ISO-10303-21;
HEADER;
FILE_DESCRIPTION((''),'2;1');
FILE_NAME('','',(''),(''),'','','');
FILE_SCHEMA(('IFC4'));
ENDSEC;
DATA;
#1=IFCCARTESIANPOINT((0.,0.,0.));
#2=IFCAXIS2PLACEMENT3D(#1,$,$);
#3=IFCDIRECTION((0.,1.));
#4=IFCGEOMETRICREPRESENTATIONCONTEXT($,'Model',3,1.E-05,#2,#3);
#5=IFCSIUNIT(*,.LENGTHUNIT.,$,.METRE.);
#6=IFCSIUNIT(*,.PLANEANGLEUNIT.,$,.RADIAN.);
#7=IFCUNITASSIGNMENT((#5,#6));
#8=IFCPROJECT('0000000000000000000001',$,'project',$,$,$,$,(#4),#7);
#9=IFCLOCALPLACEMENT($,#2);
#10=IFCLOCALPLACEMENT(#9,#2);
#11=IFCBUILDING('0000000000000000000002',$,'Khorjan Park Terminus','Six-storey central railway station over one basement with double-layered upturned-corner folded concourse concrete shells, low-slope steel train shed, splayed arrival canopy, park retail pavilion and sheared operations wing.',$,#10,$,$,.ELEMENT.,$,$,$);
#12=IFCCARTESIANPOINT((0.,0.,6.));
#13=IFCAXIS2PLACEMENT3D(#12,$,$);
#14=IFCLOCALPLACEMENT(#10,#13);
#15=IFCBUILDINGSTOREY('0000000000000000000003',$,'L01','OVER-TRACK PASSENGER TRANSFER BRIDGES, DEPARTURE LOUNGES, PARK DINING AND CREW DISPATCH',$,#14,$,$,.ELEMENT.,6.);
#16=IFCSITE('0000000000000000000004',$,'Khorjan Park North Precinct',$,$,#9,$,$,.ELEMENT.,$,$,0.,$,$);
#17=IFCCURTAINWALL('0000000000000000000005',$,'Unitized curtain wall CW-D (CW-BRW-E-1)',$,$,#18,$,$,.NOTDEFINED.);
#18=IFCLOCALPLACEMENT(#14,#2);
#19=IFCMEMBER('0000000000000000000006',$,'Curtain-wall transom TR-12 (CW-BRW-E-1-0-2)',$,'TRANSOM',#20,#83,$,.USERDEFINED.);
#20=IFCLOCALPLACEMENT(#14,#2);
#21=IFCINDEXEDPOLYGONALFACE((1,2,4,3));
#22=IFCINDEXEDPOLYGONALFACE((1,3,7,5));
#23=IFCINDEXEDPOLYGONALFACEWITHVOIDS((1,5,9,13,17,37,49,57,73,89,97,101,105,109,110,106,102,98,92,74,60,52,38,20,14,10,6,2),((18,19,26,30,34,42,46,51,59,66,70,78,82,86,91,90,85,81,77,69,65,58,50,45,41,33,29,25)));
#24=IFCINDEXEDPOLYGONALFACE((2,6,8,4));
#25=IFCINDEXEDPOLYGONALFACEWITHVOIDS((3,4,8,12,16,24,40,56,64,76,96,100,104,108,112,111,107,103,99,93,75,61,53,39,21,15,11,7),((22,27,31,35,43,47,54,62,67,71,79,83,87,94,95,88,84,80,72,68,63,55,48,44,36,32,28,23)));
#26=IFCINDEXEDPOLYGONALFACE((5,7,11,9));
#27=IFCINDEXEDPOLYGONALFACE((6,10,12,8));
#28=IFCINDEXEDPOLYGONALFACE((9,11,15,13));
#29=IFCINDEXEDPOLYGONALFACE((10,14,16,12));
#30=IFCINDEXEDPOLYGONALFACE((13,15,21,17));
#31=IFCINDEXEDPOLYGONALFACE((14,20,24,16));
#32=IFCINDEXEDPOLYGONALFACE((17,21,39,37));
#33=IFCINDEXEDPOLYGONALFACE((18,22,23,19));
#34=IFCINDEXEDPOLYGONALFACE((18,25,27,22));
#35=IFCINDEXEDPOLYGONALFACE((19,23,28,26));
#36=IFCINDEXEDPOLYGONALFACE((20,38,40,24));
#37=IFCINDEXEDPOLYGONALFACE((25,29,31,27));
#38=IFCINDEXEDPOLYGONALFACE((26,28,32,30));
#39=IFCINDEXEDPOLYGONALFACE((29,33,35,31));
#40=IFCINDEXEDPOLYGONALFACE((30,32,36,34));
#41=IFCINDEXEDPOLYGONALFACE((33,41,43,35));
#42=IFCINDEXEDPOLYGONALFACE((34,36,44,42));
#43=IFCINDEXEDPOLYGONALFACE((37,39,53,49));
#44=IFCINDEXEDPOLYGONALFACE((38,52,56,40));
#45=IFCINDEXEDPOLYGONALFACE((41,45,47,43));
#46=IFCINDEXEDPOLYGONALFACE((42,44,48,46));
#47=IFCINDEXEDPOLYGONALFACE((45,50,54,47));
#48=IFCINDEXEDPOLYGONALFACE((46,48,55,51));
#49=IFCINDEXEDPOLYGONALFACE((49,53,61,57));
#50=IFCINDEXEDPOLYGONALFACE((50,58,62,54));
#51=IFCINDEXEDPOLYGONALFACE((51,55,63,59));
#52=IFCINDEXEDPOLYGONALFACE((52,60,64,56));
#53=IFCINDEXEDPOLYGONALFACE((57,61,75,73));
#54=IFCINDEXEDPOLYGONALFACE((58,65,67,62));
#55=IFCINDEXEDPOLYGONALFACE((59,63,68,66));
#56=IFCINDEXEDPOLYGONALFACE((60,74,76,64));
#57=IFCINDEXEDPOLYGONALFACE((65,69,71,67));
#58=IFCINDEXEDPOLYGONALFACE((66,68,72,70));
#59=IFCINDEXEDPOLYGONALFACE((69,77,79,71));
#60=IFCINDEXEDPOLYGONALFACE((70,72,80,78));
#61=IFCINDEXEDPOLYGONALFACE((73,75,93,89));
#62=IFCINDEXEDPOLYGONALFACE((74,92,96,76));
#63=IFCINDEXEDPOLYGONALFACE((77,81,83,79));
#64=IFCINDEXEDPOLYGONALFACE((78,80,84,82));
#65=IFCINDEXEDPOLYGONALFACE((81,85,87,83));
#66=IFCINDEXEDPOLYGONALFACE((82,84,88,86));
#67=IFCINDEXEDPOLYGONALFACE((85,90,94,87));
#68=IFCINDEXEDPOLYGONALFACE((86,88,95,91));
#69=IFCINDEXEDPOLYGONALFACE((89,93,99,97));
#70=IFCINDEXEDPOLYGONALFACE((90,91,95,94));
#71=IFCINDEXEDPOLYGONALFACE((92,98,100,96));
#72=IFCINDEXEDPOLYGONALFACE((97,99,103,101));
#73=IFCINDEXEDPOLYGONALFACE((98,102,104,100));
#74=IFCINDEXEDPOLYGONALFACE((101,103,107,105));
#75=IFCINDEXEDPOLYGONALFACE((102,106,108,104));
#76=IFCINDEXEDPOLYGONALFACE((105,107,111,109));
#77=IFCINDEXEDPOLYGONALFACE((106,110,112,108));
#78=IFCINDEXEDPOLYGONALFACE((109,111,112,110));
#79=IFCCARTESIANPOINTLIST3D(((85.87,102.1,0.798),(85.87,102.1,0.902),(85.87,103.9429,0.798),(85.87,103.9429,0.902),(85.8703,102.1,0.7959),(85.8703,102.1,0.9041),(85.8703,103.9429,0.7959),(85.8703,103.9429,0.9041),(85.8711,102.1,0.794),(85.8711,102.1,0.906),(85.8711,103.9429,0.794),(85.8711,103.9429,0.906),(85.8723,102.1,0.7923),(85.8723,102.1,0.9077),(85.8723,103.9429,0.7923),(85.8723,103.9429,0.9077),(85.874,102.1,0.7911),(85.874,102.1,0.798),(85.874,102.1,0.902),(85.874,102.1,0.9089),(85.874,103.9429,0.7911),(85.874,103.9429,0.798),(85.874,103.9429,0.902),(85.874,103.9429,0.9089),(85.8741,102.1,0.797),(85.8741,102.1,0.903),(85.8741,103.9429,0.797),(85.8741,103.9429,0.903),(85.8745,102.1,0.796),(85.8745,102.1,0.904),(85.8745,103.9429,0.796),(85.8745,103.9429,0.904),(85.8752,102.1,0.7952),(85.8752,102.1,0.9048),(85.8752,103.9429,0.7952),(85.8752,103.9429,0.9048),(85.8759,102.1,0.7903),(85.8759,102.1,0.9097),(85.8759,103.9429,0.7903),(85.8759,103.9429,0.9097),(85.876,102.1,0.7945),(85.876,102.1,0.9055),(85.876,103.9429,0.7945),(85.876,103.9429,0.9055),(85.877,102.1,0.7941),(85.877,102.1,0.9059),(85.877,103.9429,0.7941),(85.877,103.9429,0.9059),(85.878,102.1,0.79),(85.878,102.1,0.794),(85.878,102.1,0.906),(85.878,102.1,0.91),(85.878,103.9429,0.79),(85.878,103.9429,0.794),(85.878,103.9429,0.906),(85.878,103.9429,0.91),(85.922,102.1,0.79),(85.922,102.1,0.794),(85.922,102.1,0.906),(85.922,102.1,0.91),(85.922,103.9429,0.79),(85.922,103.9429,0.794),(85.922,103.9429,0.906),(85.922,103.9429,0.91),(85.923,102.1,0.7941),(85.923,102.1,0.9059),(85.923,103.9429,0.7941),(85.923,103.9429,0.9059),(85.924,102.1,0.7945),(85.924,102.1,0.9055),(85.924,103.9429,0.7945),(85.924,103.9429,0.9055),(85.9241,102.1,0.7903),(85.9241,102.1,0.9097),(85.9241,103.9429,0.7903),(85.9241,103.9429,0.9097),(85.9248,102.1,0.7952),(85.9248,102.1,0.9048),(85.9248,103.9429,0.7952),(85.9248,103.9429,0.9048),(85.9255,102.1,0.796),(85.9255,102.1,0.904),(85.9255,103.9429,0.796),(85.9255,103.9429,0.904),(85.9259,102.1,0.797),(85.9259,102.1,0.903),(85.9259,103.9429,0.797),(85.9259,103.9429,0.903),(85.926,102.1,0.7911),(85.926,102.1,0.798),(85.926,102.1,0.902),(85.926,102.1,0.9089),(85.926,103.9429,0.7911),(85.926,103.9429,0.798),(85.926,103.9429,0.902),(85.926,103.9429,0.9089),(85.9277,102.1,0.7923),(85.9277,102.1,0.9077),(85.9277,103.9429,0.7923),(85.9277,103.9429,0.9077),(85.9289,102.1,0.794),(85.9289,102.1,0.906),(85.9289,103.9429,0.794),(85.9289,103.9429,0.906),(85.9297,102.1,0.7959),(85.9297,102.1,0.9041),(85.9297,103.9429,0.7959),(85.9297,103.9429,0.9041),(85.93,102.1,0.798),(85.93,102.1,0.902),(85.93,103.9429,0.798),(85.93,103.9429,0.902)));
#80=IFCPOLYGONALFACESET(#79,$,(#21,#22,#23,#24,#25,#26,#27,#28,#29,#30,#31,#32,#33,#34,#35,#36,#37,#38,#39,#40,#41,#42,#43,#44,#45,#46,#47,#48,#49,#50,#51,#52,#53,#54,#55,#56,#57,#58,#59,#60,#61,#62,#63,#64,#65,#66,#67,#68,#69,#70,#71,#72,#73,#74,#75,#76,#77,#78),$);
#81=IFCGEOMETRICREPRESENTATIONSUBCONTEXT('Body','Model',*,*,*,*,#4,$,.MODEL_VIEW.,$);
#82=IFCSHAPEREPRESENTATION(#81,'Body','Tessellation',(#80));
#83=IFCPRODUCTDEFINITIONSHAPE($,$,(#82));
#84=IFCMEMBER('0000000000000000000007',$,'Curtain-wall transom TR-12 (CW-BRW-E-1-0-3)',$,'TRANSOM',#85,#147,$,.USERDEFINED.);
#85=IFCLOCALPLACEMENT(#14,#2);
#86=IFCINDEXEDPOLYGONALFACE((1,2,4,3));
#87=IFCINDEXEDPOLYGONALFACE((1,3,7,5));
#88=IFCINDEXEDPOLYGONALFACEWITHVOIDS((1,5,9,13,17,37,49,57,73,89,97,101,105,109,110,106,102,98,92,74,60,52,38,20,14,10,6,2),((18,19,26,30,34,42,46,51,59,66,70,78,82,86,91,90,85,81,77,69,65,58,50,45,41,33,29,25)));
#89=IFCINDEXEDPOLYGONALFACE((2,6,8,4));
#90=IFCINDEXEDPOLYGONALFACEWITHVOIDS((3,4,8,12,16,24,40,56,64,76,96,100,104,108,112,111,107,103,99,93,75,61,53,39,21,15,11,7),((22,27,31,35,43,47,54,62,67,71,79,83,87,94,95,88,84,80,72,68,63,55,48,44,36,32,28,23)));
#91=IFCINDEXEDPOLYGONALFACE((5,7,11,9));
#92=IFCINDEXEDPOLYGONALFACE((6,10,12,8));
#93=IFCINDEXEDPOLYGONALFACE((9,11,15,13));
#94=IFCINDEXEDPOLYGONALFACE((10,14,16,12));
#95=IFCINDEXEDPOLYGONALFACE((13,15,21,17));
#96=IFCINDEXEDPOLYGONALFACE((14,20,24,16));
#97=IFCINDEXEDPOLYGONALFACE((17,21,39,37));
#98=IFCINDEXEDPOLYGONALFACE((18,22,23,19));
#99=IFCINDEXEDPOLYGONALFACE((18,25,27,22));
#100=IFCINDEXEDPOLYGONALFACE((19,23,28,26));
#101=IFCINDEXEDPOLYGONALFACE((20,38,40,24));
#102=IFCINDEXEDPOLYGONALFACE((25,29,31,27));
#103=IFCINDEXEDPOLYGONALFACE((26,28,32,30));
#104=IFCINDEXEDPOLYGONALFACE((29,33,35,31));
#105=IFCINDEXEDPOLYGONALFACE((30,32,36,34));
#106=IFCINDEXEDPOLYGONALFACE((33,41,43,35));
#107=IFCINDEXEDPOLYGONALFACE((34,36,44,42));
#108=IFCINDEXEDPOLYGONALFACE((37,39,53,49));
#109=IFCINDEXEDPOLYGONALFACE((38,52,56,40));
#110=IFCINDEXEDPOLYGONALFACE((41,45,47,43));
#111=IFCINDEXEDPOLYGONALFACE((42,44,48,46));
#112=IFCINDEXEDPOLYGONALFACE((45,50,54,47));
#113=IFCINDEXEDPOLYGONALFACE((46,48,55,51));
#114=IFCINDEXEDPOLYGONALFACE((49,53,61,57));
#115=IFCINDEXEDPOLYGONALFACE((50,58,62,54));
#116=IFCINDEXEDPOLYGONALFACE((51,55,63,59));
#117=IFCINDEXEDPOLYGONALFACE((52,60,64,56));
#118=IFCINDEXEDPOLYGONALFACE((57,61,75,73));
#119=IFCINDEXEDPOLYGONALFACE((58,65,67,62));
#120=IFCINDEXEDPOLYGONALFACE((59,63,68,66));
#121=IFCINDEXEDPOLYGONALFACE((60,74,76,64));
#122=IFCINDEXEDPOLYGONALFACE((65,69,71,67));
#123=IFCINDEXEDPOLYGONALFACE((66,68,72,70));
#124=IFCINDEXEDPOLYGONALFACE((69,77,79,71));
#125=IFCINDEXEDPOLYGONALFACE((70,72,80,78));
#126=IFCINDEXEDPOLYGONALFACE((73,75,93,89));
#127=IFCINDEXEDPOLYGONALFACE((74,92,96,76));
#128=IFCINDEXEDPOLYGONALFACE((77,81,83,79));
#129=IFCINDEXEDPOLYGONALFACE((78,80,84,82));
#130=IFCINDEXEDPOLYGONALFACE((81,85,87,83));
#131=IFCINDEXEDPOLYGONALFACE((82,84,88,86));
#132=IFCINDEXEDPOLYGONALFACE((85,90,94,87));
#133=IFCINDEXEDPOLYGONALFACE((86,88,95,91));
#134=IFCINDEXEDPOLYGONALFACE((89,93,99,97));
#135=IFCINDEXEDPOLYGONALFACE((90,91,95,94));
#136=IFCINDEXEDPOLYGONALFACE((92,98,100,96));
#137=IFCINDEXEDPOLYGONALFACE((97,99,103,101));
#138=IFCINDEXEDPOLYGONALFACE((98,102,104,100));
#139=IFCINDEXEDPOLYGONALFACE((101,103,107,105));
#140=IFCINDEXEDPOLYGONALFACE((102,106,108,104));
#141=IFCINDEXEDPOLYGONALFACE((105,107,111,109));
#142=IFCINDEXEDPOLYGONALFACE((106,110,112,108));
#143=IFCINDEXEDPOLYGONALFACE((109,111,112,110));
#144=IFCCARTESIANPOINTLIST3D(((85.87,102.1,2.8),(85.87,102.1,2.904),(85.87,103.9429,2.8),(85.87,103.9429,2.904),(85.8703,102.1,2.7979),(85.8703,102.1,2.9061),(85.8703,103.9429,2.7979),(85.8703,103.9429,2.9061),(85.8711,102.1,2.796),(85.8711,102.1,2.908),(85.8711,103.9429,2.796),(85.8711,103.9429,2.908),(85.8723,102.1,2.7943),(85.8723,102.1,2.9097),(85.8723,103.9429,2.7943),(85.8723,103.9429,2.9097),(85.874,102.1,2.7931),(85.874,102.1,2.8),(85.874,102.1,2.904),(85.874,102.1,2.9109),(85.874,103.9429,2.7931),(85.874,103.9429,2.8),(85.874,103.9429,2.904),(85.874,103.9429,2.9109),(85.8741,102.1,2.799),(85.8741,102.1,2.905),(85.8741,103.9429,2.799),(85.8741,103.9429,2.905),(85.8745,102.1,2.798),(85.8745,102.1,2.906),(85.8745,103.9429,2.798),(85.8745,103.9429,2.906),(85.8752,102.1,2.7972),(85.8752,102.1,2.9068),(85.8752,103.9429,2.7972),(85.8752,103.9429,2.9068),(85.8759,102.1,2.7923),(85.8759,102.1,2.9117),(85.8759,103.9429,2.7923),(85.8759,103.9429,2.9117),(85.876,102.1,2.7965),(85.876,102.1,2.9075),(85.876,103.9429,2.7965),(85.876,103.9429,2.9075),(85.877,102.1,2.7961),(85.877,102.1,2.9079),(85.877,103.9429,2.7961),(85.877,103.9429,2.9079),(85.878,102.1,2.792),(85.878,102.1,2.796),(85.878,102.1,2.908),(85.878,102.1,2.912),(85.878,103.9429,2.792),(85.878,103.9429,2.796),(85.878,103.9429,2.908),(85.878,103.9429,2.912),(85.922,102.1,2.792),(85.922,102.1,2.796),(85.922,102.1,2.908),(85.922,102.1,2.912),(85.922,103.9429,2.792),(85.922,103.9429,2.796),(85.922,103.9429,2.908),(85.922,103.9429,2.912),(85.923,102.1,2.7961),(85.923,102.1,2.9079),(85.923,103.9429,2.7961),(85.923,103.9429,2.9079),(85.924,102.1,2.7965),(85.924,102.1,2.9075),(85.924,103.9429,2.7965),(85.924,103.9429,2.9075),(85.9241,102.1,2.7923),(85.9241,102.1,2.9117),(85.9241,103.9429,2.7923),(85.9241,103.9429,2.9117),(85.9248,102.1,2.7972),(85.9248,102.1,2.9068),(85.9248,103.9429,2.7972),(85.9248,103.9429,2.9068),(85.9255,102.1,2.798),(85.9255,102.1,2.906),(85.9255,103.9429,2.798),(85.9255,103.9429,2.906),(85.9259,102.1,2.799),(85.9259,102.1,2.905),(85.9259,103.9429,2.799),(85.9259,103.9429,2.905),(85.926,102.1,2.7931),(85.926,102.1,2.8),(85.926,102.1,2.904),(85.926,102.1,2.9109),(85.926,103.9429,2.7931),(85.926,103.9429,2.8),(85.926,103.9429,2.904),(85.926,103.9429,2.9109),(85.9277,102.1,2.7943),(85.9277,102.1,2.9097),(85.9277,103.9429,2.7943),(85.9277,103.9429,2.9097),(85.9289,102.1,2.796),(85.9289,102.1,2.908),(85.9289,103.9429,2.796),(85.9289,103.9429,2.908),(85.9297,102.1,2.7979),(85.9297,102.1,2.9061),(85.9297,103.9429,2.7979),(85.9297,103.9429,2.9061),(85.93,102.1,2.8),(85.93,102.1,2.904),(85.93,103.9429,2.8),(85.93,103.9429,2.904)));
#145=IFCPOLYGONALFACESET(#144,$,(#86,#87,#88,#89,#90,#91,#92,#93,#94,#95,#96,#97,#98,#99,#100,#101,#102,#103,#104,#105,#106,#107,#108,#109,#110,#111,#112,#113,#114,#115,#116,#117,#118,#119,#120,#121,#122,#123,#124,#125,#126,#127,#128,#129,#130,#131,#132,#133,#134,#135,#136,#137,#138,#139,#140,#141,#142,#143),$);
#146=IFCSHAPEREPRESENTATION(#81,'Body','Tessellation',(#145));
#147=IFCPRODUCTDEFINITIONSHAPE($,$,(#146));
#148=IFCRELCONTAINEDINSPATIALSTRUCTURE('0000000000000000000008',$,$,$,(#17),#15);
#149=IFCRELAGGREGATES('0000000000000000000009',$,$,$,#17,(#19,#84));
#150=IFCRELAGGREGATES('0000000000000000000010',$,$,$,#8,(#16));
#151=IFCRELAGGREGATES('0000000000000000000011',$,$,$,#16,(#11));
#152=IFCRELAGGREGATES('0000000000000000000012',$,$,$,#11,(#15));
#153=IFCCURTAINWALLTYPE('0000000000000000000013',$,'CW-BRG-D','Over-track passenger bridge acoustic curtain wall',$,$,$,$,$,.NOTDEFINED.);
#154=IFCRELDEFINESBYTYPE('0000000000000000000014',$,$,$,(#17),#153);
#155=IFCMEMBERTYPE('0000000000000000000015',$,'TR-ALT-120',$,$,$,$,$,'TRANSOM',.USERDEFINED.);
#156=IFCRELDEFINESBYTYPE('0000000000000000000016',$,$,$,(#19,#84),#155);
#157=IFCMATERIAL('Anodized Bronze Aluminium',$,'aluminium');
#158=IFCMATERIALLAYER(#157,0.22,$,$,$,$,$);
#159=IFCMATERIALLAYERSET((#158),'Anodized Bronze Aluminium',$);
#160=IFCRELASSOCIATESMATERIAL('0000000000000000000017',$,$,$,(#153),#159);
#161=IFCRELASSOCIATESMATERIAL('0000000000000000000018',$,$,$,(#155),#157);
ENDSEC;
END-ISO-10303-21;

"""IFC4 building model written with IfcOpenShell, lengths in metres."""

from ifc_helpers import new_model, si_unit, direction, frame, origin, origin_2d, place, context, subcontext, project, spatial, hollow_rectangle, extrude, material, layer, layer_set, material_profile, profile_set, type_object, element, aggregate, save


model = new_model("IFC4")

# Units and contexts
model_context = context("Model", 3, precision=1e-05, world=origin(), true_north=direction((0.0, 1.0)))
body_context = subcontext(model_context, "Body", "Model", "MODEL_VIEW")
ifc_project = project(units=[si_unit("LENGTHUNIT", "METRE"), si_unit("PLANEANGLEUNIT", "RADIAN")], contexts=[model_context])

# Site, building, storey
site_placement = place(None, origin())
site = spatial("IfcSite", under=ifc_project, at=site_placement, Name="Khorjan Park North Precinct", CompositionType="ELEMENT", RefElevation=0.0)
building_placement = place(site_placement, origin())
building = spatial("IfcBuilding", under=site, at=building_placement, Name="Khorjan Park Terminus", Description="Six-storey central railway station over one basement with double-layered upturned-corner folded concourse concrete shells, low-slope steel train shed, splayed arrival canopy, park retail pavilion and sheared operations wing.", CompositionType="ELEMENT")
storey_placement = place(building_placement, frame((0.0, 0.0, 6.0)))
storey = spatial("IfcBuildingStorey", under=building, at=storey_placement, Name="L01", Description="OVER-TRACK PASSENGER TRANSFER BRIDGES, DEPARTURE LOUNGES, PARK DINING AND CREW DISPATCH", CompositionType="ELEMENT", Elevation=6.0)

# Curtain wall
ifc_material_1 = material(Name="Anodized Bronze Aluminium", Category="aluminium")
ifc_layer_1 = layer(ifc_material_1, 0.22)
ifc_layer_set_1 = layer_set([ifc_layer_1], Name="Anodized Bronze Aluminium")
curtain_wall_type = type_object("IfcCurtainWallType", Name="CW-BRG-D", Description="Over-track passenger bridge acoustic curtain wall", PredefinedType="NOTDEFINED", material=ifc_layer_set_1)
curtain_wall_1_placement = place(storey_placement, origin())
curtain_wall_1 = element("IfcCurtainWall", 1, at=curtain_wall_1_placement, inside=storey, type_object=curtain_wall_type, Name="Unitized curtain wall CW-D (CW-BRW-E-1)", PredefinedType="NOTDEFINED")

# Members
ifc_material_profile_1 = material_profile(ifc_material_1, hollow_rectangle(XDim=0.06, YDim=0.12, WallThickness=0.004, InnerFilletRadius=0.004, OuterFilletRadius=0.008, at=origin_2d()), Name="ALT 60x120x4")
ifc_profile_set_1 = profile_set([ifc_material_profile_1], Name="Anodized Bronze Aluminium")
member_type_1 = type_object("IfcMemberType", Name="TR-ALT-120", ElementType="TRANSOM", PredefinedType="USERDEFINED", material=ifc_profile_set_1)
member_1_placement = place(storey_placement, frame((85.9, 102.1, 0.85), z_axis=(0.0, 1.0, 0.0), x_axis=(-1.0, 0.0, 0.0)))
member_1 = element("IfcMember", 2, at=member_1_placement, type_object=member_type_1, Name="Curtain-wall transom TR-12 (CW-BRW-E-1-0-2)", ObjectType="TRANSOM", PredefinedType="USERDEFINED", context=body_context, shape_type="SweptSolid", body=[
    extrude(hollow_rectangle(XDim=0.06, YDim=0.12, WallThickness=0.004, InnerFilletRadius=0.004, OuterFilletRadius=0.008, at=origin_2d()), origin(), (0.0, 0.0, 1.0), 1.8429),
])
member_2_placement = place(storey_placement, frame((85.9, 102.1, 2.852), z_axis=(0.0, 1.0, 0.0), x_axis=(-1.0, 0.0, 0.0)))
member_2 = element("IfcMember", 3, at=member_2_placement, type_object=member_type_1, Name="Curtain-wall transom TR-12 (CW-BRW-E-1-0-3)", ObjectType="TRANSOM", PredefinedType="USERDEFINED", context=body_context, shape_type="SweptSolid", body=[
    extrude(hollow_rectangle(XDim=0.06, YDim=0.12, WallThickness=0.004, InnerFilletRadius=0.004, OuterFilletRadius=0.008, at=origin_2d()), origin(), (0.0, 0.0, 1.0), 1.8429),
])

aggregate(curtain_wall_1, [member_1, member_2])

save(model, "model.ifc")
